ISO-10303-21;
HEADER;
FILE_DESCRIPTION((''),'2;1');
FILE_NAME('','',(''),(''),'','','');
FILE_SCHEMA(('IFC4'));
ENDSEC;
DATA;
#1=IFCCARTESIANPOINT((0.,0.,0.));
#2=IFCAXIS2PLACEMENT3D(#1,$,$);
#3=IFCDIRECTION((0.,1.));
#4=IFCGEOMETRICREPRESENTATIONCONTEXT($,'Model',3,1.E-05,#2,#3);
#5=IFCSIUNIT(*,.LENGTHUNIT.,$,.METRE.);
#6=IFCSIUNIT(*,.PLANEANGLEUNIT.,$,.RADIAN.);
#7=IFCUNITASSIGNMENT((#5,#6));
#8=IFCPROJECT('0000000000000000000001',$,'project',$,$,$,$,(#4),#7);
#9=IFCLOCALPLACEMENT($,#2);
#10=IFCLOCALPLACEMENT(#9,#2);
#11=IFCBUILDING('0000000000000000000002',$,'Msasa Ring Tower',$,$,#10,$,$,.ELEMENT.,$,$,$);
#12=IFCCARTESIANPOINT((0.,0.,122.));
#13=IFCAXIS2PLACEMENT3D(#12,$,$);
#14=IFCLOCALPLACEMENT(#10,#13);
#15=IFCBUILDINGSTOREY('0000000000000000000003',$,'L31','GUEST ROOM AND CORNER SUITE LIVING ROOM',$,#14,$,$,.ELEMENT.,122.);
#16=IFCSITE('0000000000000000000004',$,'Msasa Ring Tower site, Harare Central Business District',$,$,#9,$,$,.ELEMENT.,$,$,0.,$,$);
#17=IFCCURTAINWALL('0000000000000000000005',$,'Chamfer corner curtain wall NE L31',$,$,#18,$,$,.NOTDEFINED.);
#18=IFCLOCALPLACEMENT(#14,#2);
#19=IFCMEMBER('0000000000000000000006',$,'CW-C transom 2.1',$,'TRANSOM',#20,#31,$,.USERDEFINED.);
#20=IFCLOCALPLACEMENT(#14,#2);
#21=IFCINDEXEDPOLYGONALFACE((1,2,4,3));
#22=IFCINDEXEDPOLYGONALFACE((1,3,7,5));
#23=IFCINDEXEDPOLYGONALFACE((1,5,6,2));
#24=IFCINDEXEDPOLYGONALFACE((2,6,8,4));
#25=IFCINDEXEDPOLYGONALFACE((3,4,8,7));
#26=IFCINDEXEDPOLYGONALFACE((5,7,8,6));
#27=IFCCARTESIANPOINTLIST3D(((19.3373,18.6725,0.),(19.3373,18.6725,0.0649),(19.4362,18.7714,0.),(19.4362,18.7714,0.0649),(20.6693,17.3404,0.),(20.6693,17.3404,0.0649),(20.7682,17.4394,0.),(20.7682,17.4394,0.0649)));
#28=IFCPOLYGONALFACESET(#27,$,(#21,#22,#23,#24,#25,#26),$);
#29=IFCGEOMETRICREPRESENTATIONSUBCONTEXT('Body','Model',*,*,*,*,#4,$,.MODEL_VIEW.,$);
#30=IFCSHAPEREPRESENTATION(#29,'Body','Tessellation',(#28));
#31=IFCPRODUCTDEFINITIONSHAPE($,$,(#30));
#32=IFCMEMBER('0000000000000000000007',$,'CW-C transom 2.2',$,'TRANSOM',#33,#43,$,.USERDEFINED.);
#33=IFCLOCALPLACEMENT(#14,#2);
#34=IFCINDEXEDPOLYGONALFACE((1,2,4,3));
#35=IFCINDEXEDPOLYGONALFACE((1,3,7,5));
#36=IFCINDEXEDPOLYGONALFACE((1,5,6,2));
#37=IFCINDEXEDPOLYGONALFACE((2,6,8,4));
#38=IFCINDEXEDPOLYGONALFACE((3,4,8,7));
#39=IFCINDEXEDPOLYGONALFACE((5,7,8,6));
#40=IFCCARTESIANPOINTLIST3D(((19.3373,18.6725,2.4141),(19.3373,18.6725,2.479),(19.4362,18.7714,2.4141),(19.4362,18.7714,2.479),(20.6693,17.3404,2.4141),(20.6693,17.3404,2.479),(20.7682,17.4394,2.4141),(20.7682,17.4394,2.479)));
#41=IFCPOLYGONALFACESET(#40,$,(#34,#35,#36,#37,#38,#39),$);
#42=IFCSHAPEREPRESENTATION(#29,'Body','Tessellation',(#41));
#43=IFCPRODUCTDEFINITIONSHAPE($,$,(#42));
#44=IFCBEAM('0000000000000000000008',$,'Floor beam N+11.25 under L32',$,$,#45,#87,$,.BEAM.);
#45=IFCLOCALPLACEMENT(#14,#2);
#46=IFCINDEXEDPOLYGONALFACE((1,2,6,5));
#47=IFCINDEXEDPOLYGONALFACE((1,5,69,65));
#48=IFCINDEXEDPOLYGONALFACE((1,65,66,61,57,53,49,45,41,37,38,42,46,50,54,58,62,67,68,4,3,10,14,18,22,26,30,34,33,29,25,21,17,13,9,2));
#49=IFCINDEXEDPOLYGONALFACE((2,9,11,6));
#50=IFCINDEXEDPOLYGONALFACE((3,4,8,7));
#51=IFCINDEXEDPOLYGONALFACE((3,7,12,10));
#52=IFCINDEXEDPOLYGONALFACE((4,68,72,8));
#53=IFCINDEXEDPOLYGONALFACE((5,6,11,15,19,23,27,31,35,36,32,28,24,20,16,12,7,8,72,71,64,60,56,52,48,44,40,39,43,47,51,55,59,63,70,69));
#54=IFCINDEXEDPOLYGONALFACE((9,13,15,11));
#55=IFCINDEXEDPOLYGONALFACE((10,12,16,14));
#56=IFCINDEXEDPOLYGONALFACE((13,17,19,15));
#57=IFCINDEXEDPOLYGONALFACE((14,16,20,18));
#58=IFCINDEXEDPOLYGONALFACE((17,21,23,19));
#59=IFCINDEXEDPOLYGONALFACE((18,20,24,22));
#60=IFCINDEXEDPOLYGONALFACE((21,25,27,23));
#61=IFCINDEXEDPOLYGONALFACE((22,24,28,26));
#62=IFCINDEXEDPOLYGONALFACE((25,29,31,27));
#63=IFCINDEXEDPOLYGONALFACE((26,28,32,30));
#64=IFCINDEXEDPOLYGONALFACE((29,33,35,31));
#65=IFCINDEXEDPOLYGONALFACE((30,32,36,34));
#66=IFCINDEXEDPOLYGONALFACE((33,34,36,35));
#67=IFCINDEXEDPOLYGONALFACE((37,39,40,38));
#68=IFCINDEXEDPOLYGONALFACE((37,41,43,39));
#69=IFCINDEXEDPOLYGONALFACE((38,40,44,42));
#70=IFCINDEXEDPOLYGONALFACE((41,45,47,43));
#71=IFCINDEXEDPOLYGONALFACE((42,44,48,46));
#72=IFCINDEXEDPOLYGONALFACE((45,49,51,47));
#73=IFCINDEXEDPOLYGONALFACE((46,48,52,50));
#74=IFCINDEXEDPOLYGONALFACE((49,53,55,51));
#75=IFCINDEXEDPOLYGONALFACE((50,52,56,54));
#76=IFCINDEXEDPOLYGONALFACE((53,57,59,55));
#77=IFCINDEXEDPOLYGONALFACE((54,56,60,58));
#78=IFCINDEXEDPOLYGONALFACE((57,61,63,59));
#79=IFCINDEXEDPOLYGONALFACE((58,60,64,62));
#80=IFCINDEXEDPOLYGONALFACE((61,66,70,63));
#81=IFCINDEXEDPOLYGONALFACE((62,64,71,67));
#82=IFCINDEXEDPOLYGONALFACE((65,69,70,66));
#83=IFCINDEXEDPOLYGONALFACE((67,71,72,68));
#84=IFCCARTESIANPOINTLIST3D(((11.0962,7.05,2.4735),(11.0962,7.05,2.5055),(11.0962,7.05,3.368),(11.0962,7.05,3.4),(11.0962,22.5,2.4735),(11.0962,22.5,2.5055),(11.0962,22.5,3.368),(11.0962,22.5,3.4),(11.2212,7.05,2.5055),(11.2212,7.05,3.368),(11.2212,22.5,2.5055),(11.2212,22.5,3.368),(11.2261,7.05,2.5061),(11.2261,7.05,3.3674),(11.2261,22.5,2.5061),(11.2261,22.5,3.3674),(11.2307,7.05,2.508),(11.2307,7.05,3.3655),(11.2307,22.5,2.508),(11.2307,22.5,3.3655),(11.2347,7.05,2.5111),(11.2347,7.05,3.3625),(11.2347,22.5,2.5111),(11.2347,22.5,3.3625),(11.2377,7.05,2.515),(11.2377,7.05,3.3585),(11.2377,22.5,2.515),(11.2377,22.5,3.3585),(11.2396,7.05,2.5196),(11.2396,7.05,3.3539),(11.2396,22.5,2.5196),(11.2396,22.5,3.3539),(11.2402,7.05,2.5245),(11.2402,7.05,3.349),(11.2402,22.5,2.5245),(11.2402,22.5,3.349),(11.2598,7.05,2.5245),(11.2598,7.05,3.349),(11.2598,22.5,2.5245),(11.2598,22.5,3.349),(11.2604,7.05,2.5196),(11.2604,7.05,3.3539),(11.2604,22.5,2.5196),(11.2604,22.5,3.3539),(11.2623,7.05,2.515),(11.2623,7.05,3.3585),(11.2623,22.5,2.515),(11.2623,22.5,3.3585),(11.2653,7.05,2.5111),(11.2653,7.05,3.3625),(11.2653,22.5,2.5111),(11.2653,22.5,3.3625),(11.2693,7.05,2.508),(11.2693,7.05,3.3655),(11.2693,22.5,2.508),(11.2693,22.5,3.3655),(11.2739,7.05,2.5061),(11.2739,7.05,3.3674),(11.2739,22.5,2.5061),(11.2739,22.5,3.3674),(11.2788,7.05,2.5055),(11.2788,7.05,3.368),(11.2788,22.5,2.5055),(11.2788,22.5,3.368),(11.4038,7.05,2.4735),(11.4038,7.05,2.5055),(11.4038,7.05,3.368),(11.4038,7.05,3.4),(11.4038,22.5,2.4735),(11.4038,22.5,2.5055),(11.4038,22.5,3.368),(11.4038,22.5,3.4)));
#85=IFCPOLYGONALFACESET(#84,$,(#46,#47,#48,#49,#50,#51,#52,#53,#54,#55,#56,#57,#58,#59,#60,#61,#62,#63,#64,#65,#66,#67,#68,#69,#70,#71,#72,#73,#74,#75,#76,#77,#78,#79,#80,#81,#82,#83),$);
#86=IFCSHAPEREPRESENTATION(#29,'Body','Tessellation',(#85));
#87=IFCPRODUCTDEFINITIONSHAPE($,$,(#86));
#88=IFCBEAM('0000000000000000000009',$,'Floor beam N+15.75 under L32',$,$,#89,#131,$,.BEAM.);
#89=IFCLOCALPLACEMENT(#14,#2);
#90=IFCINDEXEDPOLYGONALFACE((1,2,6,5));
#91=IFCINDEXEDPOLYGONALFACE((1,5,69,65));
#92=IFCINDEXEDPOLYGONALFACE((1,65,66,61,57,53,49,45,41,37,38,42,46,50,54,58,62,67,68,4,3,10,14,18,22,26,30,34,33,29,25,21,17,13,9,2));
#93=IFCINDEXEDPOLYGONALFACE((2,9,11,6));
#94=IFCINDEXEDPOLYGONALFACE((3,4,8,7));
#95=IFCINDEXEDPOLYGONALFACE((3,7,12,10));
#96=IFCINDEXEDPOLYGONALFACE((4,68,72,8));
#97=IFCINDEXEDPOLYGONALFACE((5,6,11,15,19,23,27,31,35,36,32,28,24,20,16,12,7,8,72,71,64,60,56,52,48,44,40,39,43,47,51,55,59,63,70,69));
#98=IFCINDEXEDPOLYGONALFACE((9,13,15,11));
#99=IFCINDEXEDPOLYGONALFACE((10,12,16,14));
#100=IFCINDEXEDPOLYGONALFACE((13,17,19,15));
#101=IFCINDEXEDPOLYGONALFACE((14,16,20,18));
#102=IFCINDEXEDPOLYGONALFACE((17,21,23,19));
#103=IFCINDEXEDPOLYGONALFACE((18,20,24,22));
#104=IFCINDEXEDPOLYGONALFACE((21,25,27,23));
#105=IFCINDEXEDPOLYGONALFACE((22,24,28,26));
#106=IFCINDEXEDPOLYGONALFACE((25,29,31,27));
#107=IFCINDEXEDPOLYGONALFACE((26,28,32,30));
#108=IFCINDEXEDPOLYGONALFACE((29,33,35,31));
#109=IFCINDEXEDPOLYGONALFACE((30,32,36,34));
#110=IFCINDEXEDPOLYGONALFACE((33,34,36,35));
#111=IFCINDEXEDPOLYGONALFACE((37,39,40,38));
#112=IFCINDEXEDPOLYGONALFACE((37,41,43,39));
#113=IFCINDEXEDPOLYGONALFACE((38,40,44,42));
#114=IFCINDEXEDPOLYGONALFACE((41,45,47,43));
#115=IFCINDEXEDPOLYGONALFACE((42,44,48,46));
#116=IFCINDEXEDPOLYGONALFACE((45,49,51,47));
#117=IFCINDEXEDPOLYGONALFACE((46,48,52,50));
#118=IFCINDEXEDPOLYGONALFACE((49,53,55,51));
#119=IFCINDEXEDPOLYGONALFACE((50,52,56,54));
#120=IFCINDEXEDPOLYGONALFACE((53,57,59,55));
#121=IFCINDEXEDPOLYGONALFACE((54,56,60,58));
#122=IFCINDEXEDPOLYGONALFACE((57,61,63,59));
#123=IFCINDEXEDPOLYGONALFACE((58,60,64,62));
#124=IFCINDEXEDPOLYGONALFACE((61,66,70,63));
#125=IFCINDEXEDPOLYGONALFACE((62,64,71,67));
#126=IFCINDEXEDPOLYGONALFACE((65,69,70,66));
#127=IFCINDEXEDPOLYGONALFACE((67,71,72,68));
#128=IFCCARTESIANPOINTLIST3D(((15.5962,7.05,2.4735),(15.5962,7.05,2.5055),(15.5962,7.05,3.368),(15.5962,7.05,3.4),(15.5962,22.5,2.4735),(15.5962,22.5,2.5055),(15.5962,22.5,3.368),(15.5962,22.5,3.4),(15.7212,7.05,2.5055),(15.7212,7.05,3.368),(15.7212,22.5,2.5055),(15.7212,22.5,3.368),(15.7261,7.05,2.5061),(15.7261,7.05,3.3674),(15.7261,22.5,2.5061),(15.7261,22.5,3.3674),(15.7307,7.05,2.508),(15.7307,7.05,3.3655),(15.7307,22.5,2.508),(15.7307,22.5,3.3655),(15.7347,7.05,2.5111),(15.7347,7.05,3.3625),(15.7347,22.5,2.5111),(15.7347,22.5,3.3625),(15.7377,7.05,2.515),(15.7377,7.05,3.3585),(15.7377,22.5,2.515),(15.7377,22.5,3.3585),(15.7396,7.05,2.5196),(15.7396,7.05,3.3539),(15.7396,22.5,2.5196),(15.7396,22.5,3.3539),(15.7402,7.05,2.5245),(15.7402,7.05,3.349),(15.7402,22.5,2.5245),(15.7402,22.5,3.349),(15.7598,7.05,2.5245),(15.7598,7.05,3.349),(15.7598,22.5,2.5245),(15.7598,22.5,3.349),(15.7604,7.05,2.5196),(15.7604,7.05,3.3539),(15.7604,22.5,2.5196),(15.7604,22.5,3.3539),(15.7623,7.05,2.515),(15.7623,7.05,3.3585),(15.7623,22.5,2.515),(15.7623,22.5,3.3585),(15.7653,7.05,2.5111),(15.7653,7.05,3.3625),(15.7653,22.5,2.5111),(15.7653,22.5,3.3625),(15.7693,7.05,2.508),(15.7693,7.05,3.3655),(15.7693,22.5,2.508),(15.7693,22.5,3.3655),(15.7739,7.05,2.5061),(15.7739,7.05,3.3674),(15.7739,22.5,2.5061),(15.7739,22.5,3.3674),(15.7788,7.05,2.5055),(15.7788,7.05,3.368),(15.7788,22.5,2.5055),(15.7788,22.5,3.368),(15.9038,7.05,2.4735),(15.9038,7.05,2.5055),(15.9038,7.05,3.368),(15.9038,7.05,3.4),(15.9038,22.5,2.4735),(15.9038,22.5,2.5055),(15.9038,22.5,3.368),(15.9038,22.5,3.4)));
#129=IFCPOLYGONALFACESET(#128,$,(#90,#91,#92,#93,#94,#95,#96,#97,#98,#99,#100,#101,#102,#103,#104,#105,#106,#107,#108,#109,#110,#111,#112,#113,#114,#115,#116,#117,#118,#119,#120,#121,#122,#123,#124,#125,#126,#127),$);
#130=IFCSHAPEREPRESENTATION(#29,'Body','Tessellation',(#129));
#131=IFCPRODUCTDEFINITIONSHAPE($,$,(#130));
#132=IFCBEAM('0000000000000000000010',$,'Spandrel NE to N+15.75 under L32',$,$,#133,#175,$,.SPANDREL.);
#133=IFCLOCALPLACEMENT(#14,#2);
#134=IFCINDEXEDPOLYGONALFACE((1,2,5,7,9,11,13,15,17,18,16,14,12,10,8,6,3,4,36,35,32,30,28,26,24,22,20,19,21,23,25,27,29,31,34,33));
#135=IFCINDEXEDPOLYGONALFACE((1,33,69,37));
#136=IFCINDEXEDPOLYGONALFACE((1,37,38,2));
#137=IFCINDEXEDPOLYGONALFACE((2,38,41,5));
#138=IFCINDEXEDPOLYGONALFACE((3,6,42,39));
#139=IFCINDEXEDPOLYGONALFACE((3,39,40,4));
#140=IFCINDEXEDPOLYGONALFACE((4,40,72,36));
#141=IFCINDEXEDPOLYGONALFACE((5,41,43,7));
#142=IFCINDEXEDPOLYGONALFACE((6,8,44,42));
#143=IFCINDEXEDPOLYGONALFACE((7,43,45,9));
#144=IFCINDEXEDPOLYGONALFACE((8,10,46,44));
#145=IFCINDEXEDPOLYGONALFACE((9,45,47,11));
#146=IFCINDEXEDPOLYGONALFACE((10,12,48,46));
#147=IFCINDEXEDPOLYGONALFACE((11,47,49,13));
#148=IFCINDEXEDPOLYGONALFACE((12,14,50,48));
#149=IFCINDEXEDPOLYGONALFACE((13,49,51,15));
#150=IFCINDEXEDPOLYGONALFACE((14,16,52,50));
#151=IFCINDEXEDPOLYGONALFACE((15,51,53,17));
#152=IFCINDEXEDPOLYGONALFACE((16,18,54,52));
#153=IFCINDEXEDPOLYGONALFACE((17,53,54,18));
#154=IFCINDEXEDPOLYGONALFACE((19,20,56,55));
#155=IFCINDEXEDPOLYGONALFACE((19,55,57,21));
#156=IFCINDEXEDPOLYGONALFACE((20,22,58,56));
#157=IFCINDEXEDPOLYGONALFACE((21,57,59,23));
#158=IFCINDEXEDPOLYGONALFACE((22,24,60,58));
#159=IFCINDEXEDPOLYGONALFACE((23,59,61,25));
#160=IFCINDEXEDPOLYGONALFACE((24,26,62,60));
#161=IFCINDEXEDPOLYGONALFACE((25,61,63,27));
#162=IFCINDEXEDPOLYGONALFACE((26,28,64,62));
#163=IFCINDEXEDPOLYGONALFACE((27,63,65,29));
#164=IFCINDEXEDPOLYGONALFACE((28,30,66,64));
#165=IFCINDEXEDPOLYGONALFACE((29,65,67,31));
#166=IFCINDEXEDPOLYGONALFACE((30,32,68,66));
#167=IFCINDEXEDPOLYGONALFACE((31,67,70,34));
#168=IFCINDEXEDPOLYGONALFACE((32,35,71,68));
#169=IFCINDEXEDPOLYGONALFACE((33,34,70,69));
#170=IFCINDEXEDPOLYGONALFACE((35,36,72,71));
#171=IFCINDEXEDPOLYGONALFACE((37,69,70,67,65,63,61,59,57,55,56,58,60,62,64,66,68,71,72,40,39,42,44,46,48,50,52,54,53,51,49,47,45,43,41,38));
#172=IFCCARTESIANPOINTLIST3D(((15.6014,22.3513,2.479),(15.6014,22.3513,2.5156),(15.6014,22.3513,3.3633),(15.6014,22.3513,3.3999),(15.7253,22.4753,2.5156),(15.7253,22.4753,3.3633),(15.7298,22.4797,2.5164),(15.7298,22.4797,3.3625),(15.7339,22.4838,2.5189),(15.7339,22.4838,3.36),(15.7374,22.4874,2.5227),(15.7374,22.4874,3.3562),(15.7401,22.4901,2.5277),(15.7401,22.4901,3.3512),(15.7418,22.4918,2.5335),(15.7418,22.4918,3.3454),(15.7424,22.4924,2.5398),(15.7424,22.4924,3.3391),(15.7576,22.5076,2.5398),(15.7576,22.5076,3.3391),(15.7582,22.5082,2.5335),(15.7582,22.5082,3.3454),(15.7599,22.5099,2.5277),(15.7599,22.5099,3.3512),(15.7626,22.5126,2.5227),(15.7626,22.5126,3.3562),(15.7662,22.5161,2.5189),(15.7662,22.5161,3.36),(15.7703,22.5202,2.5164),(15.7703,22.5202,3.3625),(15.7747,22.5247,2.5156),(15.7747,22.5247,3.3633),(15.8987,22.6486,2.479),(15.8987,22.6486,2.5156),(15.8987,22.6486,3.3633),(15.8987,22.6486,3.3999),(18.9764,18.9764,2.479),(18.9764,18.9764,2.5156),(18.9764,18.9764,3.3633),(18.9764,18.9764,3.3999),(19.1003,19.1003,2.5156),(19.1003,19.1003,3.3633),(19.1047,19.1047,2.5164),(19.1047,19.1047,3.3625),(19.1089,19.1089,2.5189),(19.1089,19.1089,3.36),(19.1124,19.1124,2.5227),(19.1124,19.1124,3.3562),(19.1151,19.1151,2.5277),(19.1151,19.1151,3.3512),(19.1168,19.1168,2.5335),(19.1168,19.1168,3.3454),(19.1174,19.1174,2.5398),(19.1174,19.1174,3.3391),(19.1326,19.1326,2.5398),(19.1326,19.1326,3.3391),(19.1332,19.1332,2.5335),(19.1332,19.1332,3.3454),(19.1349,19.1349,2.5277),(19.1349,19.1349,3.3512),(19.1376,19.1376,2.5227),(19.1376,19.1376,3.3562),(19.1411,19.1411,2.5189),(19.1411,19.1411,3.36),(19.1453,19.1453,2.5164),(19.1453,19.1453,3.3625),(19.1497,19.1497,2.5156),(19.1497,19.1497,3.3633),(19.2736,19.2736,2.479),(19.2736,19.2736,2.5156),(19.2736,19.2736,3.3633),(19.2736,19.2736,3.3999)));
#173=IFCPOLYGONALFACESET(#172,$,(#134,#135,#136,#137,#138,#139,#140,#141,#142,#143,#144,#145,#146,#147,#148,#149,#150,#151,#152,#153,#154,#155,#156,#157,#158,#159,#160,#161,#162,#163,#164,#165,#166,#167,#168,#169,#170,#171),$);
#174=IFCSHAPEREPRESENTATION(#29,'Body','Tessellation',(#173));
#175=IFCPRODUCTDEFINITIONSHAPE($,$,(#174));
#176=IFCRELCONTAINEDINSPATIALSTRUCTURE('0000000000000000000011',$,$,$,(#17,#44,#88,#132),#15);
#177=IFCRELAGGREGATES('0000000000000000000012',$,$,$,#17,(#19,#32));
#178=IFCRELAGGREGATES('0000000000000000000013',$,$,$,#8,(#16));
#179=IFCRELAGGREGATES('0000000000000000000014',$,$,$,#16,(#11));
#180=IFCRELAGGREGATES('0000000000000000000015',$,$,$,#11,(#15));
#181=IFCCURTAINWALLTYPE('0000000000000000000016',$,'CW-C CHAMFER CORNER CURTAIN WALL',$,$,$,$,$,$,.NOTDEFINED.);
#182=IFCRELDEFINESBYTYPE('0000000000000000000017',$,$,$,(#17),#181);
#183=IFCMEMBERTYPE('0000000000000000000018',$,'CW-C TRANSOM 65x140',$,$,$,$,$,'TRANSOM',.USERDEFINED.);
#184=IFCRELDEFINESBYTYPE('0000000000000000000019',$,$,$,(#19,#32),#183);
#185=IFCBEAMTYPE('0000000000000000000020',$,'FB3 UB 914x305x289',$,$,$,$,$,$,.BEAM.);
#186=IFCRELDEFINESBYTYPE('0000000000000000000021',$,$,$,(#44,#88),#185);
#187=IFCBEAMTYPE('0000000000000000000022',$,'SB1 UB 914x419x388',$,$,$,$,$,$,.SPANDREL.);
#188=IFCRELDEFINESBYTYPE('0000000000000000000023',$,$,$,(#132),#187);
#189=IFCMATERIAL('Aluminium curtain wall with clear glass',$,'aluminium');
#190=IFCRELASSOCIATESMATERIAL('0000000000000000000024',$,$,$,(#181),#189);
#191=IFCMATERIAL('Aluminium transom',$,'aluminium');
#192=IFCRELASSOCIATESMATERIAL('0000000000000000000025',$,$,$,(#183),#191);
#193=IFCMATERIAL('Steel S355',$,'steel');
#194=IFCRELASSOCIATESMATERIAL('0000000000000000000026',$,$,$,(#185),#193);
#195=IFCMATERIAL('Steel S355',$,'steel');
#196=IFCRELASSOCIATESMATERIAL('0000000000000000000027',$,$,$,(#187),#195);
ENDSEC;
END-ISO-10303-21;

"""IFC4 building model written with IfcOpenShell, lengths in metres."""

from ifc_helpers import new_model, si_unit, direction, frame, origin, origin_2d, place, context, subcontext, project, spatial, rectangle, i_section, extrude, material, material_profile, profile_set, type_object, element, aggregate, save


model = new_model("IFC4")

# Units and contexts
model_context = context("Model", 3, precision=1e-05, world=origin(), true_north=direction((0.0, 1.0)))
body_context = subcontext(model_context, "Body", "Model", "MODEL_VIEW")
ifc_project = project(units=[si_unit("LENGTHUNIT", "METRE"), si_unit("PLANEANGLEUNIT", "RADIAN")], contexts=[model_context])

# Site, building, storey
site_placement = place(None, origin())
site = spatial("IfcSite", under=ifc_project, at=site_placement, Name="Msasa Ring Tower site, Harare Central Business District", CompositionType="ELEMENT", RefElevation=0.0)
building_placement = place(site_placement, origin())
building = spatial("IfcBuilding", under=site, at=building_placement, Name="Msasa Ring Tower", CompositionType="ELEMENT")
storey_placement = place(building_placement, frame((0.0, 0.0, 122.0)))
storey = spatial("IfcBuildingStorey", under=building, at=storey_placement, Name="L31", Description="GUEST ROOM AND CORNER SUITE LIVING ROOM", CompositionType="ELEMENT", Elevation=122.0)

# Curtain wall
ifc_material_1 = material(Name="Aluminium curtain wall with clear glass", Category="aluminium")
curtain_wall_type = type_object("IfcCurtainWallType", Name="CW-C CHAMFER CORNER CURTAIN WALL", PredefinedType="NOTDEFINED", material=ifc_material_1)
curtain_wall_1_placement = place(storey_placement, origin())
curtain_wall_1 = element("IfcCurtainWall", 1, at=curtain_wall_1_placement, inside=storey, type_object=curtain_wall_type, Name="Chamfer corner curtain wall NE L31", PredefinedType="NOTDEFINED")

# Members
ifc_material_2 = material(Name="Aluminium transom", Category="aluminium")
ifc_material_profile_1 = material_profile(ifc_material_2, rectangle(XDim=0.1399, YDim=0.0649, at=origin_2d()), Name="AL 65x140")
ifc_profile_set_1 = profile_set([ifc_material_profile_1], Name="Aluminium transom")
member_type_1 = type_object("IfcMemberType", Name="CW-C TRANSOM 65x140", ElementType="TRANSOM", PredefinedType="USERDEFINED", material=ifc_profile_set_1)
member_1_placement = place(storey_placement, frame((20.7188, 17.3899, 0.0325), z_axis=(-0.707107, 0.707107, 0.0), x_axis=(-0.707107, -0.707107, 0.0)))
member_1 = element("IfcMember", 2, at=member_1_placement, type_object=member_type_1, Name="CW-C transom 2.1", ObjectType="TRANSOM", PredefinedType="USERDEFINED", context=body_context, shape_type="SweptSolid", body=[
    extrude(rectangle(XDim=0.1399, YDim=0.0649, at=origin_2d()), origin(), (0.0, 0.0, 1.0), 1.8838),
])
member_2_placement = place(storey_placement, frame((20.7188, 17.3899, 2.4465), z_axis=(-0.707107, 0.707107, 0.0), x_axis=(-0.707107, -0.707107, 0.0)))
member_2 = element("IfcMember", 3, at=member_2_placement, type_object=member_type_1, Name="CW-C transom 2.2", ObjectType="TRANSOM", PredefinedType="USERDEFINED", context=body_context, shape_type="SweptSolid", body=[
    extrude(rectangle(XDim=0.1399, YDim=0.0649, at=origin_2d()), origin(), (0.0, 0.0, 1.0), 1.8838),
])

# Beams
ifc_material_3 = material(Name="Steel S355", Category="steel")
ifc_material_profile_2 = material_profile(ifc_material_3, i_section(OverallWidth=0.3076, OverallDepth=0.9265, WebThickness=0.0195, FlangeThickness=0.032, FilletRadius=0.019, at=origin_2d()), Name="UB 914x305x289")
ifc_profile_set_2 = profile_set([ifc_material_profile_2], Name="Steel S355")
beam_type_1 = type_object("IfcBeamType", Name="FB3 UB 914x305x289", PredefinedType="BEAM", material=ifc_profile_set_2)
for number, where, z_axis, x_axis, name in (
    (4, (11.25, 22.5, 2.9368), (0.0, -1.0, 0.0), (1.0, 0.0, 0.0), "Floor beam N+11.25 under L32"),
    (5, (15.75, 22.5, 2.9368), (0.0, -1.0, 0.0), (1.0, 0.0, 0.0), "Floor beam N+15.75 under L32"),
):
    element("IfcBeam", number, at=place(storey_placement, frame(where, z_axis=z_axis, x_axis=x_axis)), inside=storey, type_object=beam_type_1, Name=name, PredefinedType="BEAM", context=body_context, shape_type="SweptSolid", body=[
        extrude(i_section(OverallWidth=0.3076, OverallDepth=0.9265, WebThickness=0.0195, FlangeThickness=0.032, FilletRadius=0.019, at=origin_2d()), origin(), (0.0, 0.0, 1.0), 15.45),
    ])
ifc_material_4 = material(Name="Steel S355", Category="steel")
ifc_material_profile_3 = material_profile(ifc_material_4, i_section(OverallWidth=0.4204, OverallDepth=0.9209, WebThickness=0.0215, FlangeThickness=0.0366, FilletRadius=0.0242, at=origin_2d()), Name="UB 914x419x388")
ifc_profile_set_3 = profile_set([ifc_material_profile_3], Name="Steel S355")
beam_type_2 = type_object("IfcBeamType", Name="SB1 UB 914x419x388", PredefinedType="SPANDREL", material=ifc_profile_set_3)
beam_placement = place(storey_placement, frame((19.125, 19.125, 2.9395), z_axis=(-0.707107, 0.707107, 0.0), x_axis=(-0.707107, -0.707107, 0.0)))
element("IfcBeam", 6, at=beam_placement, inside=storey, type_object=beam_type_2, Name="Spandrel NE to N+15.75 under L32", PredefinedType="SPANDREL", context=body_context, shape_type="SweptSolid", body=[
    extrude(i_section(OverallWidth=0.4204, OverallDepth=0.9209, WebThickness=0.0215, FlangeThickness=0.0366, FilletRadius=0.0242, at=origin_2d()), origin(), (0.0, 0.0, 1.0), 4.7729),
])

aggregate(curtain_wall_1, [member_1, member_2])

save(model, "model.ifc")
